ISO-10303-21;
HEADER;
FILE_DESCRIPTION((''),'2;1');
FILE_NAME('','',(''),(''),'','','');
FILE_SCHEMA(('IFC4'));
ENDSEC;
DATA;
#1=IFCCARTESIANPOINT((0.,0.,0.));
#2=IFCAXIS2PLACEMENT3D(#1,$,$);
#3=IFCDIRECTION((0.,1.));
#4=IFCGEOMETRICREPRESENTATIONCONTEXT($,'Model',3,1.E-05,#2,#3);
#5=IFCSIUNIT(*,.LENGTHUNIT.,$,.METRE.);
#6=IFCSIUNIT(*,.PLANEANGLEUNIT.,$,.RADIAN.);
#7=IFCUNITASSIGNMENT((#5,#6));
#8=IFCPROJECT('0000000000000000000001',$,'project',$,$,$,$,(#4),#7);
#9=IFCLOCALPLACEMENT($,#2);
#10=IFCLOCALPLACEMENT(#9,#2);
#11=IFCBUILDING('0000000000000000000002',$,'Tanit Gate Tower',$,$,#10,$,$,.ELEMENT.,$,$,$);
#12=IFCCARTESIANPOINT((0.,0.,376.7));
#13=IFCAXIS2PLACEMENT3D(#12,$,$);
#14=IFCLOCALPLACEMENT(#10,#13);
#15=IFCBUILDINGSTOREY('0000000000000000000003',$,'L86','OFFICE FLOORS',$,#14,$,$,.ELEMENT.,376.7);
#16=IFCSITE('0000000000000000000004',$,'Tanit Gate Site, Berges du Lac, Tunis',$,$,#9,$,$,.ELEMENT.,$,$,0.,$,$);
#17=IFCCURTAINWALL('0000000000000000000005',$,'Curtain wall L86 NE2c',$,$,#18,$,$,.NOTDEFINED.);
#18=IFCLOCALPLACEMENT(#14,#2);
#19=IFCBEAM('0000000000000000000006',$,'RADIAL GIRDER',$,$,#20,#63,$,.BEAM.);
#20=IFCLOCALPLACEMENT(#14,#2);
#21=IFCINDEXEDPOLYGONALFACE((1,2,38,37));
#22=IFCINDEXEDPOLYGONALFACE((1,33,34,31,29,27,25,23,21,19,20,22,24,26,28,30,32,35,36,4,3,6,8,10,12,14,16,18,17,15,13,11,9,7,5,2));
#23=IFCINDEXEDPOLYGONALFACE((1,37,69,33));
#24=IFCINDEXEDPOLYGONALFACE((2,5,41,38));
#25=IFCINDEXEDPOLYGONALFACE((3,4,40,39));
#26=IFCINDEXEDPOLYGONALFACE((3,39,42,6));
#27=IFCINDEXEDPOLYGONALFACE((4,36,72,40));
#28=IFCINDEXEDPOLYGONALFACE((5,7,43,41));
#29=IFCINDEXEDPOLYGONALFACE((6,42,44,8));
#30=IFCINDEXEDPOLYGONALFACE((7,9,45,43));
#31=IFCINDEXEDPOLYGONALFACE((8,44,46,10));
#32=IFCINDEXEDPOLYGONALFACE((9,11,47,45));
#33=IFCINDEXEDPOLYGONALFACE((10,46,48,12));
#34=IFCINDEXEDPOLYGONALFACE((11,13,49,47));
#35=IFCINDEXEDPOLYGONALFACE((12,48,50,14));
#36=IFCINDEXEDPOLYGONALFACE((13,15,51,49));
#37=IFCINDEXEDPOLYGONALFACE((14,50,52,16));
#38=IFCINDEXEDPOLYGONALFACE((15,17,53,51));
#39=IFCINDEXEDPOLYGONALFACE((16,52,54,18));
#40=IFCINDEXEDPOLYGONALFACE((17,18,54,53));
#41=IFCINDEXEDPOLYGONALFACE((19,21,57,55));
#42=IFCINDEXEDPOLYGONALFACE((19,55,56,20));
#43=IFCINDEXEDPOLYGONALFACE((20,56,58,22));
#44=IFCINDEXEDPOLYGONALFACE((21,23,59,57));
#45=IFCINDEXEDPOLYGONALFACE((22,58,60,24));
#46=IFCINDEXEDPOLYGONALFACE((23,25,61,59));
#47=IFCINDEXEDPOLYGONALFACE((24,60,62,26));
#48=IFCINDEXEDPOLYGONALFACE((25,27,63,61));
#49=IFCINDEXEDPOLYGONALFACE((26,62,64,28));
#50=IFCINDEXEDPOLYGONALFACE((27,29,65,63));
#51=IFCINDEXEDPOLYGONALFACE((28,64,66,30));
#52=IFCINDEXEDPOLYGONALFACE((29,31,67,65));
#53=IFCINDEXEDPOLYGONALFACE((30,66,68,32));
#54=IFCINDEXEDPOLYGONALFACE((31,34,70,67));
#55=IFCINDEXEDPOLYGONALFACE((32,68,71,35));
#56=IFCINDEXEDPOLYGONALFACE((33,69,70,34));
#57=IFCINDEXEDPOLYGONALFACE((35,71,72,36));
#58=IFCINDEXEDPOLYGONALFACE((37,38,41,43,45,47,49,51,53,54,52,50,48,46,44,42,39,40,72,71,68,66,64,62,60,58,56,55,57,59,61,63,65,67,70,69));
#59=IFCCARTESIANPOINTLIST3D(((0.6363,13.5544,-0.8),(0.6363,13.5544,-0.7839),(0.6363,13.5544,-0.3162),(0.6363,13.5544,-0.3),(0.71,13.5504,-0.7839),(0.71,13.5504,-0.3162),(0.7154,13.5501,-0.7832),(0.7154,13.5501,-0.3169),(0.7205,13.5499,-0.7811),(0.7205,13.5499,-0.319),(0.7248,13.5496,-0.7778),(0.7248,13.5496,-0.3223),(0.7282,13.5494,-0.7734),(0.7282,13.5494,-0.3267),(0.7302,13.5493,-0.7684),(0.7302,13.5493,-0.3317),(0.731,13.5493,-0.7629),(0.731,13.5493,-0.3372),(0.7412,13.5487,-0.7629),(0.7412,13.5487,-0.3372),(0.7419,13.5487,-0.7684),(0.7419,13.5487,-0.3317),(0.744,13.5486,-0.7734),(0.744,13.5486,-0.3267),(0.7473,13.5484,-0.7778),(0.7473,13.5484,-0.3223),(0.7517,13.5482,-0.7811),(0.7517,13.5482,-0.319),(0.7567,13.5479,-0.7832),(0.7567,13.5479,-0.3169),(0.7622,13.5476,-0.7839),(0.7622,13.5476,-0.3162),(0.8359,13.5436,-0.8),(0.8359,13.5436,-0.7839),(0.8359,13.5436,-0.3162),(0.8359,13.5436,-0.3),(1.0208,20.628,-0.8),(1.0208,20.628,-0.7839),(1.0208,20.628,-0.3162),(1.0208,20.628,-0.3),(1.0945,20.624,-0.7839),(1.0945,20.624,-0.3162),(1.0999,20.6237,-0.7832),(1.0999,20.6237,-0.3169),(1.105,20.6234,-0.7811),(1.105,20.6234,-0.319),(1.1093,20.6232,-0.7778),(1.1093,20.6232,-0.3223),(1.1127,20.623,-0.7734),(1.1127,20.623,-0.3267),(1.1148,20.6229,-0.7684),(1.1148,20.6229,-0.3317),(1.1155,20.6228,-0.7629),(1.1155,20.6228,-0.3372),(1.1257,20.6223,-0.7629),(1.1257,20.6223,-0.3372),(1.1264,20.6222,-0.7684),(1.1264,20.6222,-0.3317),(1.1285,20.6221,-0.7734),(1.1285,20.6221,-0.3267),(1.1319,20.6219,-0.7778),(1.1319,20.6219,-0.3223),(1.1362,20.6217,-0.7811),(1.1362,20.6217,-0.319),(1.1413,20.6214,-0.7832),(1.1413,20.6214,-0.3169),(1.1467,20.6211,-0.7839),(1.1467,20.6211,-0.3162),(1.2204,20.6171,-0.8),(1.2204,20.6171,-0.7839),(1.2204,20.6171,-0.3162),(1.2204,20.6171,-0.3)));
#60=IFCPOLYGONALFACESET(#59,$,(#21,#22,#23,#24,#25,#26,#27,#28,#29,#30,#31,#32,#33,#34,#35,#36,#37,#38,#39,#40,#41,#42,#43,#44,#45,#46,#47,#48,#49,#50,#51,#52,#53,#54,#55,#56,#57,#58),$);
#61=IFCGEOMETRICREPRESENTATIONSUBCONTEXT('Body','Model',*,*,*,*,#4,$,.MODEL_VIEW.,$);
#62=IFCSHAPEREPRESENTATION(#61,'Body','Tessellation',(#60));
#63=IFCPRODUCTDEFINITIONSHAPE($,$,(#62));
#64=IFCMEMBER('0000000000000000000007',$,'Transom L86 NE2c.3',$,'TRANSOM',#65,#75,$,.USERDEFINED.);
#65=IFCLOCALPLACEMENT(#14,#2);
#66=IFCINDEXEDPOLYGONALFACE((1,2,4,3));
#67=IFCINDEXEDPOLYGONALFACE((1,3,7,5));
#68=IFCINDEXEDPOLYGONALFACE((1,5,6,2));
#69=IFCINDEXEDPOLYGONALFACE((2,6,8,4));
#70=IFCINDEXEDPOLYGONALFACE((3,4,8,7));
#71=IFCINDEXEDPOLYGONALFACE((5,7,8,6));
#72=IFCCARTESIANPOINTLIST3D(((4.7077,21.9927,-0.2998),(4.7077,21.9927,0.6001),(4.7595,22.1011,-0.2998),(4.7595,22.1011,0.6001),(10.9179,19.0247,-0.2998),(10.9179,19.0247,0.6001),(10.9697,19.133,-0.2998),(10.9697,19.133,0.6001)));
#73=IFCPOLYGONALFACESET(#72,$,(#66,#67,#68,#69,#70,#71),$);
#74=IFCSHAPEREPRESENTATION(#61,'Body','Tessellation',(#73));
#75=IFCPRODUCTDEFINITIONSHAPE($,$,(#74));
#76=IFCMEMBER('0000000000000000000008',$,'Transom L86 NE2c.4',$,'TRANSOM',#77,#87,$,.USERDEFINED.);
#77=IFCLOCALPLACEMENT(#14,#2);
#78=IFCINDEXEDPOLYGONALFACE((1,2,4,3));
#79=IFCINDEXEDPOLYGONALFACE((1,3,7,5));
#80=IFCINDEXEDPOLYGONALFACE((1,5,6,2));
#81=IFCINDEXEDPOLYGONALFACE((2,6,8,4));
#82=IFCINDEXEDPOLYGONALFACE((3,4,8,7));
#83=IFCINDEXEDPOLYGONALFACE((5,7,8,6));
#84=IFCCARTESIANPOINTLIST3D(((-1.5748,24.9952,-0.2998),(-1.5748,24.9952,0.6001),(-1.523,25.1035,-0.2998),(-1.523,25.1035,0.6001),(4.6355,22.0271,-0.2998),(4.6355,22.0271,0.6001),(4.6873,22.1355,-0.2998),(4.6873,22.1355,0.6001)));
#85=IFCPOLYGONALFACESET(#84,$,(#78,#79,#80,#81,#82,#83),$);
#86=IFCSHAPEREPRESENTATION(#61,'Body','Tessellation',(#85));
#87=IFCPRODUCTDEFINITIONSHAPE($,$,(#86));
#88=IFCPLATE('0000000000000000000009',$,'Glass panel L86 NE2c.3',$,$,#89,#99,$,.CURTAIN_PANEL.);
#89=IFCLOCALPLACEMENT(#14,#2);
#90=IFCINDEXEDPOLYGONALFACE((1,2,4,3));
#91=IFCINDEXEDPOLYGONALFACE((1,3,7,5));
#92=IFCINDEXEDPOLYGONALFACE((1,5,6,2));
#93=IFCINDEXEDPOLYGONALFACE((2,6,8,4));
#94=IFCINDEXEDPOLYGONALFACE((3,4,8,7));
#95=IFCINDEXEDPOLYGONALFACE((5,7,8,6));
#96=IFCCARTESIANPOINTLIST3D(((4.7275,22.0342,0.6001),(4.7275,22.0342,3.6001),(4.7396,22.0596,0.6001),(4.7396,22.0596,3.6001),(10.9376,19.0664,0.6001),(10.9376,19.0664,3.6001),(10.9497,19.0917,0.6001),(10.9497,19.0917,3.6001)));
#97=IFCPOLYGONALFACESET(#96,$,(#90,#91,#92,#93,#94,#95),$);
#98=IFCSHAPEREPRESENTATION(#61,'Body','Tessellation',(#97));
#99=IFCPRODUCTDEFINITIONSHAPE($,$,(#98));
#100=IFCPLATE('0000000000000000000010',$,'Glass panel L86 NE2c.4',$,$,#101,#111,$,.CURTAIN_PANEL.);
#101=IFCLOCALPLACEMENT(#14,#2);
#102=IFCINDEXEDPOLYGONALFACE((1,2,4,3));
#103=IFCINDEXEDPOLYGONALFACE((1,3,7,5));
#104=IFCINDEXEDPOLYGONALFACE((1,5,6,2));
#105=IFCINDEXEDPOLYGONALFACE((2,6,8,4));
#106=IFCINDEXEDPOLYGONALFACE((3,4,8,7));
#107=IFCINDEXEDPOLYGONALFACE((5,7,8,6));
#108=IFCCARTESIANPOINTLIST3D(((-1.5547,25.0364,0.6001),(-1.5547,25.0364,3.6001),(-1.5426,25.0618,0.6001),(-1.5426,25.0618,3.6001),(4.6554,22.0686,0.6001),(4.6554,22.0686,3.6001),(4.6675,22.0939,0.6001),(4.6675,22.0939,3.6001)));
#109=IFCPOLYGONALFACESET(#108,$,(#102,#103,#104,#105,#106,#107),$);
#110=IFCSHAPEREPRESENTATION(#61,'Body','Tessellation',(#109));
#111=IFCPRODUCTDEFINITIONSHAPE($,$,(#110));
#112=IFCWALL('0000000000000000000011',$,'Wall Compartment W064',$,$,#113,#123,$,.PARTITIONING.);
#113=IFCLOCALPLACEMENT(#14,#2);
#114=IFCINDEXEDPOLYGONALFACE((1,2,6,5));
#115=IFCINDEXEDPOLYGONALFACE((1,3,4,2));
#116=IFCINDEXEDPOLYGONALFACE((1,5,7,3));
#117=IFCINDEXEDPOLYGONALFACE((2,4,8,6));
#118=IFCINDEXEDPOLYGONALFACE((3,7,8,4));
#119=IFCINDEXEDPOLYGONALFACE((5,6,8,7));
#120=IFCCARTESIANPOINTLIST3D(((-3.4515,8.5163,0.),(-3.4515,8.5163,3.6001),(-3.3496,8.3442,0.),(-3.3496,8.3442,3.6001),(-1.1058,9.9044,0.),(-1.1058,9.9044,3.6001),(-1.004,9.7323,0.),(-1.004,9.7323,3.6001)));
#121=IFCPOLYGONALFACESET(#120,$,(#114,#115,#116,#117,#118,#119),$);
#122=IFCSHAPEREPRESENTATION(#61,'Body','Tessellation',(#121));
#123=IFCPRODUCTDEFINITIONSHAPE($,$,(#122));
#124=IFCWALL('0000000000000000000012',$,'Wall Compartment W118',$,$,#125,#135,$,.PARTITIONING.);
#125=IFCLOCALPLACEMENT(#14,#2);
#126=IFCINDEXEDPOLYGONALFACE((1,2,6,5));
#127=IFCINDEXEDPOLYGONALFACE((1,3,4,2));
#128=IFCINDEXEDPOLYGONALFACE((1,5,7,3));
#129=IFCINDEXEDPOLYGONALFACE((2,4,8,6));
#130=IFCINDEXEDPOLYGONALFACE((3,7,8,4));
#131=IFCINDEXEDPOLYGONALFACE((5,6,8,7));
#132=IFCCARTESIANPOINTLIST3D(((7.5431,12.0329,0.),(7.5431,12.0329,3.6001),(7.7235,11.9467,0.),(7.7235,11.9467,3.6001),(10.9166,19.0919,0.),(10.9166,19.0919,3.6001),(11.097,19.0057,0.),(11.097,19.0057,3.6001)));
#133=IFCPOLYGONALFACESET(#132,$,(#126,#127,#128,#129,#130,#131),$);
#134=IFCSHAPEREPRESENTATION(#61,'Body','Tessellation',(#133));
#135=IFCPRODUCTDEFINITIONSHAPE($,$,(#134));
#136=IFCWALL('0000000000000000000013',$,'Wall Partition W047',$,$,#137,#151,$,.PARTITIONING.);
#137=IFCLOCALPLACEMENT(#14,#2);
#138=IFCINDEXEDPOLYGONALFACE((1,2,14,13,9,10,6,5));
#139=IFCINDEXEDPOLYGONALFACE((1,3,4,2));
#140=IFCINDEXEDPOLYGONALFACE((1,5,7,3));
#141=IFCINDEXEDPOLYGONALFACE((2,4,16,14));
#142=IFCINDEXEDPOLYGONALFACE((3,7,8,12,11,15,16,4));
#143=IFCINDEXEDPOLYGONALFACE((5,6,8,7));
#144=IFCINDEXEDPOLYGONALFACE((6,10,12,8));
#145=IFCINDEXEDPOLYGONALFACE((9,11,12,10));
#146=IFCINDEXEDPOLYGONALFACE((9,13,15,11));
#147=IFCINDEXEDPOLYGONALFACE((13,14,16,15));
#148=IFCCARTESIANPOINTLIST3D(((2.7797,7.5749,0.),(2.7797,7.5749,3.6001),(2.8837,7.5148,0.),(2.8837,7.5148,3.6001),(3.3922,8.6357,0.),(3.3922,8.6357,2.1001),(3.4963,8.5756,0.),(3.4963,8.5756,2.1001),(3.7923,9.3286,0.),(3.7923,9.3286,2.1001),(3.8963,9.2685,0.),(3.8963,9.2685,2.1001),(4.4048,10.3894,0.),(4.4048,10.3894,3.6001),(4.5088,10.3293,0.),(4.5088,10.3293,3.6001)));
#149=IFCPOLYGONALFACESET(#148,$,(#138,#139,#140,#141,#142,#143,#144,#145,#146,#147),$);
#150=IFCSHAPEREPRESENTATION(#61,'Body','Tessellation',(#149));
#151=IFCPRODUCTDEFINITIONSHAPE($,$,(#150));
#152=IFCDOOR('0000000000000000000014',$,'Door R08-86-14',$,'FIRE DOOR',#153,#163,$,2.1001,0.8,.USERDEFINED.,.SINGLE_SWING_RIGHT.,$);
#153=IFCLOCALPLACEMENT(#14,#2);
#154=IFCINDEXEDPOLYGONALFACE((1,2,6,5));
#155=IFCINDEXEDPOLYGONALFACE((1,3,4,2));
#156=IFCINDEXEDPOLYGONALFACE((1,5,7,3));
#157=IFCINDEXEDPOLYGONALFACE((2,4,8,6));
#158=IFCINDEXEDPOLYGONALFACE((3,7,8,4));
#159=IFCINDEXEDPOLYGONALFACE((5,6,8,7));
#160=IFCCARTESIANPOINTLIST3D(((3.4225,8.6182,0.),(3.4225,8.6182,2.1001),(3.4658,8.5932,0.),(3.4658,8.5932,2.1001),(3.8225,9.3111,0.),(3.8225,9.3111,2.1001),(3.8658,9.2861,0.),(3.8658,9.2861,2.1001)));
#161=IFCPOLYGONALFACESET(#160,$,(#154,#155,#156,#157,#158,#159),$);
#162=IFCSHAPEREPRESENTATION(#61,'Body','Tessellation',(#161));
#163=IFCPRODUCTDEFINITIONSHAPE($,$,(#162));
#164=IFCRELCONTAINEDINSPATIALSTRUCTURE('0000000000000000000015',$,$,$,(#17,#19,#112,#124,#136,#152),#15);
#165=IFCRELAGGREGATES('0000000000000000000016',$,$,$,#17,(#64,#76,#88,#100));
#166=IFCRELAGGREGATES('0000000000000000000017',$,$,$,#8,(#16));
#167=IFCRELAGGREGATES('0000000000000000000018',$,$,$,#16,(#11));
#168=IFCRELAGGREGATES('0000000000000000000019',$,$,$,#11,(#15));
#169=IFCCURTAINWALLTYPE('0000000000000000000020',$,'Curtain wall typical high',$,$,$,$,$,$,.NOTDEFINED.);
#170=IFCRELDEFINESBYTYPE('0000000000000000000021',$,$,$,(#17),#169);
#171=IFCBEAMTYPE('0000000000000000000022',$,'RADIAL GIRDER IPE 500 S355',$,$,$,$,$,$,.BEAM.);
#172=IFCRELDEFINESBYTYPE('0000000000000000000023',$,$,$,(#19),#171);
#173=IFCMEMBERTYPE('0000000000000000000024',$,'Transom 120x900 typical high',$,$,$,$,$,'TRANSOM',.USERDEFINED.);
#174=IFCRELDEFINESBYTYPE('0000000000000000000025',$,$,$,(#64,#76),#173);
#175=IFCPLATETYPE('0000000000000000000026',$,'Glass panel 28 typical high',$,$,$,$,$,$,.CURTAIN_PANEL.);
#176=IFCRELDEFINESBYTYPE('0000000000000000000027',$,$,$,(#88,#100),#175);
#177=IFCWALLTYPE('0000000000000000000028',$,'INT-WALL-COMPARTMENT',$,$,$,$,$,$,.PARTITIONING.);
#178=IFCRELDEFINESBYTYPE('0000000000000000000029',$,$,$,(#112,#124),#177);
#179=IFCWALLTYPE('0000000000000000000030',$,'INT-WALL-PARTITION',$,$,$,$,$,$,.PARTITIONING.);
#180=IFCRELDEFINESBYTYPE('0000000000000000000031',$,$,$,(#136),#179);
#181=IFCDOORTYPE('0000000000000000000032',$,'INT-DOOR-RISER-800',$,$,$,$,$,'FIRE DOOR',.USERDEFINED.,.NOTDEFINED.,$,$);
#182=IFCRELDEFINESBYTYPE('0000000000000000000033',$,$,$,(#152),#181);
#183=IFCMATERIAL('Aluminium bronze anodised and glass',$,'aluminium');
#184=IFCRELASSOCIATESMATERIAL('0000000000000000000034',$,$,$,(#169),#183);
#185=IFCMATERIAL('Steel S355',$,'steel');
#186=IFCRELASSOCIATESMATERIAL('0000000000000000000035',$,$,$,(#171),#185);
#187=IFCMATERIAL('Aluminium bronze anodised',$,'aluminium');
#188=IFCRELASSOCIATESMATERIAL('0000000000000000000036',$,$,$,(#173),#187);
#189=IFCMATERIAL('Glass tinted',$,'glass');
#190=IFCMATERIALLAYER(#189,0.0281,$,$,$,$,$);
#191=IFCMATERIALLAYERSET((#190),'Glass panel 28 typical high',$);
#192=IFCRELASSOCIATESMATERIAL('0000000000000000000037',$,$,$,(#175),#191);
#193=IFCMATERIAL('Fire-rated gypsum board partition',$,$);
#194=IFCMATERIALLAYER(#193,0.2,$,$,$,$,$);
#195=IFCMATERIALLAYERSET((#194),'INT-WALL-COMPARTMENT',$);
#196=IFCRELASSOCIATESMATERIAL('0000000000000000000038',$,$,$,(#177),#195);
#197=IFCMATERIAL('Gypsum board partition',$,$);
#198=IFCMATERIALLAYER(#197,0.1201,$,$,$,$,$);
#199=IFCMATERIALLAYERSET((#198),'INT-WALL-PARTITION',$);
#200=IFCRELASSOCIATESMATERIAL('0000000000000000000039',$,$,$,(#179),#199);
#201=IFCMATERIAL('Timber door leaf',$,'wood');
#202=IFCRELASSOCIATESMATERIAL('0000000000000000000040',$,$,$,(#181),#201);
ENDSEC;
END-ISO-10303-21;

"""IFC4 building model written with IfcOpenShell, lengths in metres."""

from ifc_helpers import new_model, si_unit, direction, frame, frame_2d, origin, origin_2d, place, context, subcontext, project, spatial, rectangle, i_section, extrude, material, layer, layer_set, material_profile, profile_set, type_object, element, fill, aggregate, save


model = new_model("IFC4")

# Units and contexts
model_context = context("Model", 3, precision=1e-05, world=origin(), true_north=direction((0.0, 1.0)))
body_context = subcontext(model_context, "Body", "Model", "MODEL_VIEW")
ifc_project = project(units=[si_unit("LENGTHUNIT", "METRE"), si_unit("PLANEANGLEUNIT", "RADIAN")], contexts=[model_context])

# Site, building, storey
site_placement = place(None, origin())
site = spatial("IfcSite", under=ifc_project, at=site_placement, Name="Tanit Gate Site, Berges du Lac, Tunis", CompositionType="ELEMENT", RefElevation=0.0)
building_placement = place(site_placement, origin())
building = spatial("IfcBuilding", under=site, at=building_placement, Name="Tanit Gate Tower", CompositionType="ELEMENT")
storey_placement = place(building_placement, frame((0.0, 0.0, 376.7)))
storey = spatial("IfcBuildingStorey", under=building, at=storey_placement, Name="L86", Description="OFFICE FLOORS", CompositionType="ELEMENT", Elevation=376.7)

# Curtain wall
ifc_material_1 = material(Name="Aluminium bronze anodised and glass", Category="aluminium")
curtain_wall_type = type_object("IfcCurtainWallType", Name="Curtain wall typical high", PredefinedType="NOTDEFINED", material=ifc_material_1)
curtain_wall_placement = place(storey_placement, origin())
curtain_wall = element("IfcCurtainWall", 1, at=curtain_wall_placement, inside=storey, type_object=curtain_wall_type, Name="Curtain wall L86 NE2c", PredefinedType="NOTDEFINED")

# Beam
ifc_material_2 = material(Name="Steel S355", Category="steel")
ifc_material_profile_1 = material_profile(ifc_material_2, i_section(OverallWidth=0.2, OverallDepth=0.5, WebThickness=0.0103, FlangeThickness=0.0161, FilletRadius=0.021, at=origin_2d()), Name="IPE 500")
ifc_profile_set_1 = profile_set([ifc_material_profile_1], Name="Steel S355")
beam_type = type_object("IfcBeamType", Name="RADIAL GIRDER IPE 500 S355", PredefinedType="BEAM", material=ifc_profile_set_1)
beam_1_placement = place(storey_placement, frame((1.1206, 20.6226, -0.55), z_axis=(-0.054281, -0.998526, 0.0), x_axis=(0.998526, -0.054281, 0.0)))
element("IfcBeam", 2, at=beam_1_placement, inside=storey, type_object=beam_type, Name="RADIAL GIRDER", PredefinedType="BEAM", context=body_context, shape_type="SweptSolid", body=[
    extrude(i_section(OverallWidth=0.2, OverallDepth=0.5, WebThickness=0.0103, FlangeThickness=0.0161, FilletRadius=0.021, at=origin_2d()), origin(), (0.0, 0.0, 1.0), 7.084),
])

# Members
ifc_material_3 = material(Name="Aluminium bronze anodised", Category="aluminium")
ifc_material_profile_2 = material_profile(ifc_material_3, rectangle(XDim=0.1201, YDim=0.8999, at=origin_2d()), Name="120x900 bronze transom")
ifc_profile_set_2 = profile_set([ifc_material_profile_2], Name="Aluminium bronze anodised")
member_type_1 = type_object("IfcMemberType", Name="Transom 120x900 typical high", ElementType="TRANSOM", PredefinedType="USERDEFINED", material=ifc_profile_set_2)
member_1_placement = place(storey_placement, frame((10.9438, 19.0789, 0.1501), z_axis=(-0.902252, 0.431209, 0.0), x_axis=(-0.431209, -0.902252, 0.0)))
member_1 = element("IfcMember", 3, at=member_1_placement, type_object=member_type_1, Name="Transom L86 NE2c.3", ObjectType="TRANSOM", PredefinedType="USERDEFINED", context=body_context, shape_type="SweptSolid", body=[
    extrude(rectangle(XDim=0.1201, YDim=0.8999, at=origin_2d()), origin(), (0.0, 0.0, 1.0), 6.8831),
])
member_2_placement = place(storey_placement, frame((4.6614, 22.0813, 0.1501), z_axis=(-0.902252, 0.431209, 0.0), x_axis=(-0.431209, -0.902252, 0.0)))
member_2 = element("IfcMember", 4, at=member_2_placement, type_object=member_type_1, Name="Transom L86 NE2c.4", ObjectType="TRANSOM", PredefinedType="USERDEFINED", context=body_context, shape_type="SweptSolid", body=[
    extrude(rectangle(XDim=0.1201, YDim=0.8999, at=origin_2d()), origin(), (0.0, 0.0, 1.0), 6.8831),
])

# Plates
ifc_material_4 = material(Name="Glass tinted", Category="glass")
ifc_layer_1 = layer(ifc_material_4, 0.0281)
ifc_layer_set_1 = layer_set([ifc_layer_1], Name="Glass panel 28 typical high")
plate_type = type_object("IfcPlateType", Name="Glass panel 28 typical high", PredefinedType="CURTAIN_PANEL", material=ifc_layer_set_1)
plate_1_placement = place(storey_placement, frame((7.8386, 20.563, 0.6001), z_axis=(0.0, 0.0, 1.0), x_axis=(-0.902258, 0.431197, 0.0)))
plate_1 = element("IfcPlate", 5, at=plate_1_placement, type_object=plate_type, Name="Glass panel L86 NE2c.3", PredefinedType="CURTAIN_PANEL", context=body_context, shape_type="SweptSolid", body=[
    extrude(rectangle(XDim=6.8828, YDim=0.0281, at=origin_2d()), origin(), (0.0, 0.0, 1.0), 3.0),
])
plate_2_placement = place(storey_placement, frame((1.5564, 23.5652, 0.6001), z_axis=(0.0, 0.0, 1.0), x_axis=(-0.902258, 0.431197, 0.0)))
plate_2 = element("IfcPlate", 6, at=plate_2_placement, type_object=plate_type, Name="Glass panel L86 NE2c.4", PredefinedType="CURTAIN_PANEL", context=body_context, shape_type="SweptSolid", body=[
    extrude(rectangle(XDim=6.8828, YDim=0.0281, at=origin_2d()), origin(), (0.0, 0.0, 1.0), 3.0),
])
aggregate(curtain_wall, [member_1, member_2, plate_1, plate_2])

# Walls
ifc_material_5 = material(Name="Fire-rated gypsum board partition")
ifc_layer_2 = layer(ifc_material_5, 0.2)
ifc_layer_set_2 = layer_set([ifc_layer_2], Name="INT-WALL-COMPARTMENT")
wall_type_1 = type_object("IfcWallType", Name="INT-WALL-COMPARTMENT", PredefinedType="PARTITIONING", material=ifc_layer_set_2)
wall_1_placement = place(storey_placement, frame((-1.0549, 9.8184, 0.0), z_axis=(0.0, 0.0, 1.0), x_axis=(-0.860591, -0.509297, 0.0)))
element("IfcWall", 7, at=wall_1_placement, inside=storey, type_object=wall_type_1, Name="Wall Compartment W064", PredefinedType="PARTITIONING", context=body_context, shape_type="SweptSolid", body=[
    extrude(rectangle(XDim=2.7256, YDim=0.2, at=frame_2d((1.3628, 0.0))), origin(), (0.0, 0.0, 1.0), 3.6001),
])
wall_2_placement = place(storey_placement, frame((11.0068, 19.0488, 0.0), z_axis=(0.0, 0.0, 1.0), x_axis=(-0.43119, -0.902261, 0.0)))
element("IfcWall", 8, at=wall_2_placement, inside=storey, type_object=wall_type_1, Name="Wall Compartment W118", PredefinedType="PARTITIONING", context=body_context, shape_type="SweptSolid", body=[
    extrude(rectangle(XDim=7.8237, YDim=0.2, at=frame_2d((3.9119, 0.0))), origin(), (0.0, 0.0, 1.0), 3.6001),
])

# Wall, opening, door
ifc_material_6 = material(Name="Gypsum board partition")
ifc_layer_3 = layer(ifc_material_6, 0.1201)
ifc_layer_set_3 = layer_set([ifc_layer_3], Name="INT-WALL-PARTITION")
wall_type_2 = type_object("IfcWallType", Name="INT-WALL-PARTITION", PredefinedType="PARTITIONING", material=ifc_layer_set_3)
wall_3_placement = place(storey_placement, frame((4.4568, 10.3594, 0.0), z_axis=(0.0, 0.0, 1.0), x_axis=(-0.500017, -0.866015, 0.0)))
wall_3 = element("IfcWall", 9, at=wall_3_placement, inside=storey, type_object=wall_type_2, Name="Wall Partition W047", PredefinedType="PARTITIONING", context=body_context, shape_type="SweptSolid", body=[
    extrude(rectangle(XDim=3.25, YDim=0.1201, at=frame_2d((1.625, 0.0))), origin(), (0.0, 0.0, 1.0), 3.6001),
])
opening_1_placement = place(wall_3_placement, frame((1.2251, 0.0, 0.0)))
opening_1 = element("IfcOpeningElement", 10, at=opening_1_placement, cuts=wall_3, PredefinedType="OPENING", context=body_context, shape_type="SweptSolid", body=[
    extrude(rectangle(XDim=0.8, YDim=2.1001, at=frame_2d((0.3999, 1.05))), frame((0.0, 0.0701, 0.0), z_axis=(0.0, -1.0, 0.0), x_axis=(1.0, 0.0, 0.0)), (0.0, 0.0, 1.0), 0.1401),
])
ifc_material_7 = material(Name="Timber door leaf", Category="wood")
door_type_1 = type_object("IfcDoorType", Name="INT-DOOR-RISER-800", ElementType="FIRE DOOR", OperationType="NOTDEFINED", PredefinedType="USERDEFINED", material=ifc_material_7)
door_1_placement = place(opening_1_placement, origin())
door_1 = element("IfcDoor", 11, at=door_1_placement, inside=storey, type_object=door_type_1, Name="Door R08-86-14", ObjectType="FIRE DOOR", OperationType="SINGLE_SWING_RIGHT", OverallHeight=2.1001, OverallWidth=0.8, PredefinedType="USERDEFINED", context=body_context, shape_type="SweptSolid", body=[
    extrude(rectangle(XDim=0.8, YDim=2.1001, at=frame_2d((0.3999, 1.05))), frame((0.0, 0.0249, 0.0), z_axis=(0.0, -1.0, 0.0), x_axis=(1.0, 0.0, 0.0)), (0.0, 0.0, 1.0), 0.05),
])
fill(opening_1, door_1)

save(model, "model.ifc")
